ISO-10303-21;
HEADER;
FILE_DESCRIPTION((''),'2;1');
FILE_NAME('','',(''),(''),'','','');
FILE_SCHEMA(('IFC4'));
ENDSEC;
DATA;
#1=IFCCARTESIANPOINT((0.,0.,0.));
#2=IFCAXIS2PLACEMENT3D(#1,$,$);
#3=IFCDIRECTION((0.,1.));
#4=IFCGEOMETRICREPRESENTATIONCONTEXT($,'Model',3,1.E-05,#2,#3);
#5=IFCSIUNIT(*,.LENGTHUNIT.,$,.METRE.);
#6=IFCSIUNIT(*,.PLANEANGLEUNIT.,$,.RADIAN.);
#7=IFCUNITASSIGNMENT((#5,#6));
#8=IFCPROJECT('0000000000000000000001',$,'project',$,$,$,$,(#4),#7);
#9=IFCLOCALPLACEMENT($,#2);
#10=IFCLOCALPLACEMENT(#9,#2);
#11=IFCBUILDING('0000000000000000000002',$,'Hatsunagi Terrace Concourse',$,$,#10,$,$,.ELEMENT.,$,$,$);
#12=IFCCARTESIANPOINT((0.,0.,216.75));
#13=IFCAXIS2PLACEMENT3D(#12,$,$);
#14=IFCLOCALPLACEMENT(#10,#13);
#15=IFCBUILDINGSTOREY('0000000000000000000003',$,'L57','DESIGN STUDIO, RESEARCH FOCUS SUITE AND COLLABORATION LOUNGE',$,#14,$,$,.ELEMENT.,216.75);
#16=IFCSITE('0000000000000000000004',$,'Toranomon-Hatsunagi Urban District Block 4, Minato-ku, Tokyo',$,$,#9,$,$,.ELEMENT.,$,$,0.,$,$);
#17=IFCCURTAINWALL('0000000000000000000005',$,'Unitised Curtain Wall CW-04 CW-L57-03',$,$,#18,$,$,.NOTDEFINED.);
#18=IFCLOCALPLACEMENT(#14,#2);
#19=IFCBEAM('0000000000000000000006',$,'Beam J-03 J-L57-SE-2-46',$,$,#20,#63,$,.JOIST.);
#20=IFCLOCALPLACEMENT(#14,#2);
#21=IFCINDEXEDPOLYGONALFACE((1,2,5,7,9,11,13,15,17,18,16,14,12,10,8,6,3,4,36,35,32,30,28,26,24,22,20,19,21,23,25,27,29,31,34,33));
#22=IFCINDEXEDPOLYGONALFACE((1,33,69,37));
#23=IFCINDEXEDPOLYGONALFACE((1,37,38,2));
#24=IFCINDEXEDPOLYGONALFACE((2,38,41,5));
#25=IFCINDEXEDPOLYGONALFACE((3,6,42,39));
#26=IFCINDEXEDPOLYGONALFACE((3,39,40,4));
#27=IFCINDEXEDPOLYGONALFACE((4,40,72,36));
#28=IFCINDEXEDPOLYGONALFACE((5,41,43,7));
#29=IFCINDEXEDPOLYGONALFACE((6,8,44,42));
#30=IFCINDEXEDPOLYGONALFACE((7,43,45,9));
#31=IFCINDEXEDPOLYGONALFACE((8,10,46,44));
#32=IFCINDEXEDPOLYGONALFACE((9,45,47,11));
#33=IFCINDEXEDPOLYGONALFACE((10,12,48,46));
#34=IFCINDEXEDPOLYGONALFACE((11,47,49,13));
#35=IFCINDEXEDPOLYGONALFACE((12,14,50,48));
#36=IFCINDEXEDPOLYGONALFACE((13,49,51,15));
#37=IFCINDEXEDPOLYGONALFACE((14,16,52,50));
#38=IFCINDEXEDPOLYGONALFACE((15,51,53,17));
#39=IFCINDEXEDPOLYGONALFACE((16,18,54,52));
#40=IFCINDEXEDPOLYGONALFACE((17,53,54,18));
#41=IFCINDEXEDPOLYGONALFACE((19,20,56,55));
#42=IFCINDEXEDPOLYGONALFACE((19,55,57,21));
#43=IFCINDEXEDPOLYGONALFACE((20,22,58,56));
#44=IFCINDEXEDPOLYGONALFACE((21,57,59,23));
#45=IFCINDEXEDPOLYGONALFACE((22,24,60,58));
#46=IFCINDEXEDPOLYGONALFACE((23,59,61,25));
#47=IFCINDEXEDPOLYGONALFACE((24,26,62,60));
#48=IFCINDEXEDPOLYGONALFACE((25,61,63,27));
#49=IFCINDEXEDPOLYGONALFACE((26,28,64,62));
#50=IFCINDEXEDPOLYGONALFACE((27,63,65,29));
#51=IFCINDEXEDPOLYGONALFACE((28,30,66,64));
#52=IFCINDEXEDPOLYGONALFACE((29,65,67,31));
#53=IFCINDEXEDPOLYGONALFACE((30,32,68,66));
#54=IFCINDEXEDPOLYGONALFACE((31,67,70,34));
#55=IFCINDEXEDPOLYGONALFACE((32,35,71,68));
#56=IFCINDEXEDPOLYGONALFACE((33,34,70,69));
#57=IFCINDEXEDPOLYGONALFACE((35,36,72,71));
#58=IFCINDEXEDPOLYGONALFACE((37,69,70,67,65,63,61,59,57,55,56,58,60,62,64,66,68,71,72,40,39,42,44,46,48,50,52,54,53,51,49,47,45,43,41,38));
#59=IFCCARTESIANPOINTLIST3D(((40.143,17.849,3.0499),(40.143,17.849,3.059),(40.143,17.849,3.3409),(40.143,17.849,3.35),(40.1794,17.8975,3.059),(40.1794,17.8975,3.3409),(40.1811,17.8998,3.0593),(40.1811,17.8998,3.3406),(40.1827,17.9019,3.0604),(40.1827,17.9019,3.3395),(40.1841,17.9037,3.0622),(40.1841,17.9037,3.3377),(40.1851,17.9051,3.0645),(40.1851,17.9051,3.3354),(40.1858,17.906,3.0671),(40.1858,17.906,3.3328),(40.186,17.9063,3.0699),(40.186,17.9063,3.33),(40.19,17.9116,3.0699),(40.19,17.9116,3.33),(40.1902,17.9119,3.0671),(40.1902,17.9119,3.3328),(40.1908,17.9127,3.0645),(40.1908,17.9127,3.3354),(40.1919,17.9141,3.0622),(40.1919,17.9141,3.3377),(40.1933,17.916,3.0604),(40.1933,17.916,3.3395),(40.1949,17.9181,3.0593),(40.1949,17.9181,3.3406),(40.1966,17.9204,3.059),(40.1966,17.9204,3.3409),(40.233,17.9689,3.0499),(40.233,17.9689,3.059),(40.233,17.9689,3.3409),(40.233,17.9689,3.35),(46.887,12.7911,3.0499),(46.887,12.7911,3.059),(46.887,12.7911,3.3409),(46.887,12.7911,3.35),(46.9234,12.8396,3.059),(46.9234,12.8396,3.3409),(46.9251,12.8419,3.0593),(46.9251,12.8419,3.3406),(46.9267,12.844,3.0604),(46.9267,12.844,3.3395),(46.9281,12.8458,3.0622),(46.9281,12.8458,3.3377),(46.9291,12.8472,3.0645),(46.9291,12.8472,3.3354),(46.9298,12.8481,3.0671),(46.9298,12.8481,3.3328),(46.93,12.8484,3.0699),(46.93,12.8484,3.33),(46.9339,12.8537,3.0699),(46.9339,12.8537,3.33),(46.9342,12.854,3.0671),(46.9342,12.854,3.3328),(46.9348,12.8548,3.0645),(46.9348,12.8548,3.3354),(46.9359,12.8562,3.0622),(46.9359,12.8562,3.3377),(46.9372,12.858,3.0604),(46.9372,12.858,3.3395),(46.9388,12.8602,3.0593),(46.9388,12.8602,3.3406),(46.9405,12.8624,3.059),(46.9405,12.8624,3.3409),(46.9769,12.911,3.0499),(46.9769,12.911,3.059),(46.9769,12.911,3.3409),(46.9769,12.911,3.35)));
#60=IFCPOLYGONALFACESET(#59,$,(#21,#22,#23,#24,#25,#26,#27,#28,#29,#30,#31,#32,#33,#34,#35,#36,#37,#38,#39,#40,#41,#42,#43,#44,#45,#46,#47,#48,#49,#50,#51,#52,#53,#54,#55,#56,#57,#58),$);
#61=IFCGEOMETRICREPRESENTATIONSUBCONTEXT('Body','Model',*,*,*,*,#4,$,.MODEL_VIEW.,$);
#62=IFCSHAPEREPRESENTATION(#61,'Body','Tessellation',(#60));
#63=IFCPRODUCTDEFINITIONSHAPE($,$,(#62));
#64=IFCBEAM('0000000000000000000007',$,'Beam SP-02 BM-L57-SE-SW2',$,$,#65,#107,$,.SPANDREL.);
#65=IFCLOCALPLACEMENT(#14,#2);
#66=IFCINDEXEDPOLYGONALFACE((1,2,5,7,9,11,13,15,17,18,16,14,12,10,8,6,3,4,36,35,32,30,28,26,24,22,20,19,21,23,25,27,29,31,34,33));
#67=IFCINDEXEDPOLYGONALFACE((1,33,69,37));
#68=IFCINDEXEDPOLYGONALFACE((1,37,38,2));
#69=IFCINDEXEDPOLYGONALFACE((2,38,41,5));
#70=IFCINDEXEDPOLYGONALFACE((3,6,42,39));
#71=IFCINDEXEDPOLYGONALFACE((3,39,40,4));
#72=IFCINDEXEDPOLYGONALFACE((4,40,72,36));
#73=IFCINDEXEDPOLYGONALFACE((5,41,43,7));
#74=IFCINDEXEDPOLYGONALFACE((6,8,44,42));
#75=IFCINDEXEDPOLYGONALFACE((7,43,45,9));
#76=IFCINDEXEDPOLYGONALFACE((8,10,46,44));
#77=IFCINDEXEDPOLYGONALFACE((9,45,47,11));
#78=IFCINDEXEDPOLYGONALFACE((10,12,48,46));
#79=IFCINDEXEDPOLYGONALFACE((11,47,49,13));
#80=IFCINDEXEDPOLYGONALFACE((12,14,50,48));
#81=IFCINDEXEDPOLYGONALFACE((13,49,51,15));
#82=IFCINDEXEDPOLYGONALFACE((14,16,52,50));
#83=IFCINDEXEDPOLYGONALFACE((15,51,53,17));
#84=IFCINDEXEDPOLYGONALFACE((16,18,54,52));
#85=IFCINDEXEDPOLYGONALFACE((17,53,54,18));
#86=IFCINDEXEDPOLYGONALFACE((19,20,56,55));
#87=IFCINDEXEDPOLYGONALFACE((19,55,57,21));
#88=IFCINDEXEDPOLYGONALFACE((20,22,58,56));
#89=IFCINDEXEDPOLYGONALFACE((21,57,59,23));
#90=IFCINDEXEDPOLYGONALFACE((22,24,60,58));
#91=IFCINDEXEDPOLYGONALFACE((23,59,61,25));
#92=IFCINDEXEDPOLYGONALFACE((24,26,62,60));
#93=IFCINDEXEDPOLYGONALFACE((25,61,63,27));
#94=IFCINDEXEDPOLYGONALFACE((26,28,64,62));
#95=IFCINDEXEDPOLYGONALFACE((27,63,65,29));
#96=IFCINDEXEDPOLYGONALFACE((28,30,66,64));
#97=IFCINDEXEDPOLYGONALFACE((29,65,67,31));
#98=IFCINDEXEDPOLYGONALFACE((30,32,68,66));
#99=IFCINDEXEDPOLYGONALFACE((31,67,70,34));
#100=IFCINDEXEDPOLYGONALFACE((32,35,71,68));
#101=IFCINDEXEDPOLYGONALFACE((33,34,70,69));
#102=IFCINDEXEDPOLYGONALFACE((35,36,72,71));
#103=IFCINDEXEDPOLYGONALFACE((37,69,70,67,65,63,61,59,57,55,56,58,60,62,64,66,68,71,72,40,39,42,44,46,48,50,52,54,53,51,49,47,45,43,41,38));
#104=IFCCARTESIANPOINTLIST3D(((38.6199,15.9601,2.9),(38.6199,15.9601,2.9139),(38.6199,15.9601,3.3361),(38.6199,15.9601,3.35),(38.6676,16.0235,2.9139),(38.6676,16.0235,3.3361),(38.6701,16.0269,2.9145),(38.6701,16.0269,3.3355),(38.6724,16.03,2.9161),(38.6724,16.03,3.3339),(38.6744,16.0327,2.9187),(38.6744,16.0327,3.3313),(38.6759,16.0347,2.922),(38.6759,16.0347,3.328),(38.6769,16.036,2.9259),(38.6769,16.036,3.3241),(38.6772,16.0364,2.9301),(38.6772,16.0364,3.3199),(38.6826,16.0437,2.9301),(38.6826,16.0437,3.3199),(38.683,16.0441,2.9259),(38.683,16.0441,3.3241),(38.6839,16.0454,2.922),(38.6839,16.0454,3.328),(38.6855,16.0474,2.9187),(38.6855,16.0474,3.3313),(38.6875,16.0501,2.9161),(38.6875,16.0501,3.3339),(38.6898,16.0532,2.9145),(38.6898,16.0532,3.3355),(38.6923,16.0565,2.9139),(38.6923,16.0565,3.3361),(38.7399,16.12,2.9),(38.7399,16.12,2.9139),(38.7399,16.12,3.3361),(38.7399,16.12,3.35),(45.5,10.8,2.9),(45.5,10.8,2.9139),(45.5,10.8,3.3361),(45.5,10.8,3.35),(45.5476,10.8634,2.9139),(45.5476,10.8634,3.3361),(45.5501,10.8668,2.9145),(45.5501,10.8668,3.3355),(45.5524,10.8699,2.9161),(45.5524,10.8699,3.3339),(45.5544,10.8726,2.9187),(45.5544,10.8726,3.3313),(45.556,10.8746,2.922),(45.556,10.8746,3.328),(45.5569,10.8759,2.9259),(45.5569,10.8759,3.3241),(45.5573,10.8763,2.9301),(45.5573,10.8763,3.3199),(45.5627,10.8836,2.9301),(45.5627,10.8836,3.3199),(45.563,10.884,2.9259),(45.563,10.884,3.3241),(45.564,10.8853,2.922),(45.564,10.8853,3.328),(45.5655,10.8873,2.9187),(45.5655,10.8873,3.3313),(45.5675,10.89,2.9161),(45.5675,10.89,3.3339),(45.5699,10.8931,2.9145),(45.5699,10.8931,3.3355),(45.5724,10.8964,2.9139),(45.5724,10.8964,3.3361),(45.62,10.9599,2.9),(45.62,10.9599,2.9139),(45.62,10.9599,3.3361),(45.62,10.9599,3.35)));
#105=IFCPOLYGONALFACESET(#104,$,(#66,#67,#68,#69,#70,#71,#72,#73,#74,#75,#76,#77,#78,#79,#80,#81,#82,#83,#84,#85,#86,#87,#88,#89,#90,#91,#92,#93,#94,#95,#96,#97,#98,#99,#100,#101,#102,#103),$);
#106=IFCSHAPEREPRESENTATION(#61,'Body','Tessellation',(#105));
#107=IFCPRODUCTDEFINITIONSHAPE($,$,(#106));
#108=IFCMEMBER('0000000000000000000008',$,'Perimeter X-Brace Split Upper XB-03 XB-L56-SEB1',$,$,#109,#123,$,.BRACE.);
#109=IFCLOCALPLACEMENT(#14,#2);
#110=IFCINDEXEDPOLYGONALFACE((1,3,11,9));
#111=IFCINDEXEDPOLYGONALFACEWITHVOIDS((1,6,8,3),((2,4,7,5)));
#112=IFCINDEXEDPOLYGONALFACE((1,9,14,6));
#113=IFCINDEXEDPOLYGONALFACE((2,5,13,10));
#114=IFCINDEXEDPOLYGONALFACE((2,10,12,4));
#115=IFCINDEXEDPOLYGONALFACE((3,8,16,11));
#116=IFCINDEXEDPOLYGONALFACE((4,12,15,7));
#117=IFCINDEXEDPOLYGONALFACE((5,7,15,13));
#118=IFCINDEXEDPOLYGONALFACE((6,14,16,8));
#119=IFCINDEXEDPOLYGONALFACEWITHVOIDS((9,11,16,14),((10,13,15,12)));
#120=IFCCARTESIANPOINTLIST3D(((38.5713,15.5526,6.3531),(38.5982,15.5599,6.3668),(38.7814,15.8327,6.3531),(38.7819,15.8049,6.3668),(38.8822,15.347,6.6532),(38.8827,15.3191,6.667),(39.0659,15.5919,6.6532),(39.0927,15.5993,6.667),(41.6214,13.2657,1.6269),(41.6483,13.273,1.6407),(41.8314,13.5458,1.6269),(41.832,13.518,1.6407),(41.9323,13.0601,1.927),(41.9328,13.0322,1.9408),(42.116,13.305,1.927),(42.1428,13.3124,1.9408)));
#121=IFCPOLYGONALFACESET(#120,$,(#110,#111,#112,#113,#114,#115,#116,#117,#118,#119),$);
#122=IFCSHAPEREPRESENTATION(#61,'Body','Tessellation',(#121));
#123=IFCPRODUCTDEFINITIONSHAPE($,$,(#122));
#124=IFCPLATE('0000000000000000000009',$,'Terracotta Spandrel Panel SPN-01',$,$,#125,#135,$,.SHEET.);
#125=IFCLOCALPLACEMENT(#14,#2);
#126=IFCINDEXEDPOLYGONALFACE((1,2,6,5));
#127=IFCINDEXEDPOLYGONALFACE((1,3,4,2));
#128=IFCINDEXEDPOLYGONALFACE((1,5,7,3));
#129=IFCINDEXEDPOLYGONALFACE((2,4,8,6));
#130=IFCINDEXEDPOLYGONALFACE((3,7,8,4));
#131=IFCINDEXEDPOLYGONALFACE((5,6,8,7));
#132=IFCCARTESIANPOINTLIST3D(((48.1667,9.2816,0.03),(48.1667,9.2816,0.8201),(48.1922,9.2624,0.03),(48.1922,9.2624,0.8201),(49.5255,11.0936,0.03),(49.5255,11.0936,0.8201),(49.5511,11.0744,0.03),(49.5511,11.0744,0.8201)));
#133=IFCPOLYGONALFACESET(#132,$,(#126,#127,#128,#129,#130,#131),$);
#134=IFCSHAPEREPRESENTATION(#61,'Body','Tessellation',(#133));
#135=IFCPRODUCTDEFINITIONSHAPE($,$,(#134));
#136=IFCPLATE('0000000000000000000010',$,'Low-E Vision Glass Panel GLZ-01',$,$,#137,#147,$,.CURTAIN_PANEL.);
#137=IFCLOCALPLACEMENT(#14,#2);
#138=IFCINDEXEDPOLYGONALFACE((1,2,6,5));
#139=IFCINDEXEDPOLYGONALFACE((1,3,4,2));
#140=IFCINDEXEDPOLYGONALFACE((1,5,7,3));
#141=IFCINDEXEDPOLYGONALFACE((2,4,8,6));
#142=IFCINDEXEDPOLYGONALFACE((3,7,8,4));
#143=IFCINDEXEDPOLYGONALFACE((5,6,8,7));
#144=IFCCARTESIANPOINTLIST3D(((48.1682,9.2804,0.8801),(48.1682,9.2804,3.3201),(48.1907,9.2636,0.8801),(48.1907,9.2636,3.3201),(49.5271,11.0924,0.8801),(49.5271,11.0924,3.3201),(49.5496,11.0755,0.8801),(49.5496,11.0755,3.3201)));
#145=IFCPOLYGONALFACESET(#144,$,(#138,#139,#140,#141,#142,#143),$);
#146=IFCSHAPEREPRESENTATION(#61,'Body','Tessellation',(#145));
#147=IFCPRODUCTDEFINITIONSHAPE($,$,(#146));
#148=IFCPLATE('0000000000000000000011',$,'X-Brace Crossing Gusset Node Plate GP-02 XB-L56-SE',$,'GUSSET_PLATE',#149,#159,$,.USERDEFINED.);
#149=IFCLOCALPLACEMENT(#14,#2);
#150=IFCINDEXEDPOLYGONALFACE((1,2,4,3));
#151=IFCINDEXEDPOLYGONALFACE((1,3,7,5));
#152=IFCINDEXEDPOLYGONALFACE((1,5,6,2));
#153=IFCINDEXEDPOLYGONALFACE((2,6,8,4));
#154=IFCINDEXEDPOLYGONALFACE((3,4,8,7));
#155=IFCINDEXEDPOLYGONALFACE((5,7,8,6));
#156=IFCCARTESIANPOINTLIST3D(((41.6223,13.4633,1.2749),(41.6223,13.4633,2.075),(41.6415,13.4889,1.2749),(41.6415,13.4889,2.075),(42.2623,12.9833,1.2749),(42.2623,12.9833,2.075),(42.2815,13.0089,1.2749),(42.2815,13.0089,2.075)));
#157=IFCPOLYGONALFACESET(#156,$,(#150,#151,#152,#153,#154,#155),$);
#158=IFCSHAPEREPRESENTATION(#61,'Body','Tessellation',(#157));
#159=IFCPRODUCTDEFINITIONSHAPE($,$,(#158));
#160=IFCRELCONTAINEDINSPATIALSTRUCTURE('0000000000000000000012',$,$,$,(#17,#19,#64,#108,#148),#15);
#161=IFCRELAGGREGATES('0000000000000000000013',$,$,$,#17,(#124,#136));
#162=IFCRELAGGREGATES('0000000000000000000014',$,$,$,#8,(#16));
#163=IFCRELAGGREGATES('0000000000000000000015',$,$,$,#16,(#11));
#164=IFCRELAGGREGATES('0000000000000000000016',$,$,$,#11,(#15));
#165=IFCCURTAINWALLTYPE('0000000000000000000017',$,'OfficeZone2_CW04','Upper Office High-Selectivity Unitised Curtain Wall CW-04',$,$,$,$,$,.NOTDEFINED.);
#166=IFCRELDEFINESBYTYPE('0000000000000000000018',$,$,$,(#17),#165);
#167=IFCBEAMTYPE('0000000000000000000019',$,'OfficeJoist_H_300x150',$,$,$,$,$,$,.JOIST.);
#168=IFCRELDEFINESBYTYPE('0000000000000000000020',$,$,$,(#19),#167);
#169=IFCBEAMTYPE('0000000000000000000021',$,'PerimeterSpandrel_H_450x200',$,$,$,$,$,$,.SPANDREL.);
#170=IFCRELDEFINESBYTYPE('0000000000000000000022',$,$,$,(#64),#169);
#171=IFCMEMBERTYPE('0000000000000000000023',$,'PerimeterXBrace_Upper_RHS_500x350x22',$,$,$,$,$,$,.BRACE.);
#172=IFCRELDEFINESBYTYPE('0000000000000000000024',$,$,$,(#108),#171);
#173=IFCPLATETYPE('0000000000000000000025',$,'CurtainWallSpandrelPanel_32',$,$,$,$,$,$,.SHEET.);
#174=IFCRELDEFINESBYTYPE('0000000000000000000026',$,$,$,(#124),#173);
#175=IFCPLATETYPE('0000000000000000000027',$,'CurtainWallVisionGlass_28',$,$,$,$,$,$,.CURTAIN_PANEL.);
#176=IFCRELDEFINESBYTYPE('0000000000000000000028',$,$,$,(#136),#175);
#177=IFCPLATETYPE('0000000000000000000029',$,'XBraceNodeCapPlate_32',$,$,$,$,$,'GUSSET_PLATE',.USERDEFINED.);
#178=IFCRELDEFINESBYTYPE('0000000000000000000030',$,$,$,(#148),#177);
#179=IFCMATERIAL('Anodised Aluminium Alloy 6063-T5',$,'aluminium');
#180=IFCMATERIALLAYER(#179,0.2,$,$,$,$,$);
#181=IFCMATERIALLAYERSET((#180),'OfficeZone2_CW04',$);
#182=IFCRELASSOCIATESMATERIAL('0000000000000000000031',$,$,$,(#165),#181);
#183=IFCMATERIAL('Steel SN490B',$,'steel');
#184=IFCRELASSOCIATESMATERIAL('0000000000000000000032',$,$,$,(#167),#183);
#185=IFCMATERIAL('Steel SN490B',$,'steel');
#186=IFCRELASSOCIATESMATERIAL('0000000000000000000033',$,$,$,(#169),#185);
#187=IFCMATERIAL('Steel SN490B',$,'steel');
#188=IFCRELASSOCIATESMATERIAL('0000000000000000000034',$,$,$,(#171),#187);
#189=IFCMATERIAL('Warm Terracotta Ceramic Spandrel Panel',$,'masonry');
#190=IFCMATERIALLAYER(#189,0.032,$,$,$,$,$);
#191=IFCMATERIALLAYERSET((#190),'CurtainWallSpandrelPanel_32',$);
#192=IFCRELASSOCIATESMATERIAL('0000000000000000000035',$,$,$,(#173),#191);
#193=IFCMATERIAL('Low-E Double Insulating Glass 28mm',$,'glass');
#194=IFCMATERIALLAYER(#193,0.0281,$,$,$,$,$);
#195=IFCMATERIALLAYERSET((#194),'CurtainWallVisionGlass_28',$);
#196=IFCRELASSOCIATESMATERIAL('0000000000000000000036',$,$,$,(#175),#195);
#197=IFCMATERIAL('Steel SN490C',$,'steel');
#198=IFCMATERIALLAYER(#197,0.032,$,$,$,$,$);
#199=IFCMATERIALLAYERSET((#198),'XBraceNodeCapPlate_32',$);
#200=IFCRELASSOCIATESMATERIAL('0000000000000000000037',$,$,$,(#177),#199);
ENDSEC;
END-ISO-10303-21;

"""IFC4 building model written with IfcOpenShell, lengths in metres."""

from ifc_helpers import new_model, si_unit, direction, frame, origin, origin_2d, place, context, subcontext, project, spatial, rectangle, hollow_rectangle, i_section, extrude, material, layer, layer_set, material_profile, profile_set, type_object, element, aggregate, save


model = new_model("IFC4")

# Units and contexts
model_context = context("Model", 3, precision=1e-05, world=origin(), true_north=direction((0.0, 1.0)))
body_context = subcontext(model_context, "Body", "Model", "MODEL_VIEW")
ifc_project = project(units=[si_unit("LENGTHUNIT", "METRE"), si_unit("PLANEANGLEUNIT", "RADIAN")], contexts=[model_context])

# Site, building, storey
site_placement = place(None, origin())
site = spatial("IfcSite", under=ifc_project, at=site_placement, Name="Toranomon-Hatsunagi Urban District Block 4, Minato-ku, Tokyo", CompositionType="ELEMENT", RefElevation=0.0)
building_placement = place(site_placement, origin())
building = spatial("IfcBuilding", under=site, at=building_placement, Name="Hatsunagi Terrace Concourse", CompositionType="ELEMENT")
storey_placement = place(building_placement, frame((0.0, 0.0, 216.75)))
storey = spatial("IfcBuildingStorey", under=building, at=storey_placement, Name="L57", Description="DESIGN STUDIO, RESEARCH FOCUS SUITE AND COLLABORATION LOUNGE", CompositionType="ELEMENT", Elevation=216.75)

# Curtain wall
ifc_material_1 = material(Name="Anodised Aluminium Alloy 6063-T5", Category="aluminium")
ifc_layer_1 = layer(ifc_material_1, 0.2)
ifc_layer_set_1 = layer_set([ifc_layer_1], Name="OfficeZone2_CW04")
curtain_wall_type = type_object("IfcCurtainWallType", Name="OfficeZone2_CW04", Description="Upper Office High-Selectivity Unitised Curtain Wall CW-04", PredefinedType="NOTDEFINED", material=ifc_layer_set_1)
curtain_wall_placement = place(storey_placement, origin())
curtain_wall = element("IfcCurtainWall", 1, at=curtain_wall_placement, inside=storey, type_object=curtain_wall_type, Name="Unitised Curtain Wall CW-04 CW-L57-03", PredefinedType="NOTDEFINED")

# Beams
ifc_material_2 = material(Name="Steel SN490B", Category="steel")
ifc_material_profile_1 = material_profile(ifc_material_2, i_section(OverallWidth=0.1499, OverallDepth=0.3, WebThickness=0.0066, FlangeThickness=0.009, FilletRadius=0.011, at=origin_2d()), Name="H-300x150x6.5x9")
ifc_profile_set_1 = profile_set([ifc_material_profile_1], Name="Steel SN490B")
beam_type_1 = type_object("IfcBeamType", Name="OfficeJoist_H_300x150", PredefinedType="JOIST", material=ifc_profile_set_1)
beam_1_placement = place(storey_placement, frame((40.188, 17.9089, 3.2), z_axis=(0.800003, -0.599995, 0.0), x_axis=(0.599995, 0.800003, 0.0)))
element("IfcBeam", 2, at=beam_1_placement, inside=storey, type_object=beam_type_1, Name="Beam J-03 J-L57-SE-2-46", PredefinedType="JOIST", context=body_context, shape_type="SweptSolid", body=[
    extrude(i_section(OverallWidth=0.1499, OverallDepth=0.3, WebThickness=0.0066, FlangeThickness=0.009, FilletRadius=0.011, at=origin_2d()), origin(), (0.0, 0.0, 1.0), 8.4299),
])
ifc_material_3 = material(Name="Steel SN490B", Category="steel")
ifc_material_profile_2 = material_profile(ifc_material_3, i_section(OverallWidth=0.2, OverallDepth=0.45, WebThickness=0.009, FlangeThickness=0.0139, FilletRadius=0.0161, at=origin_2d()), Name="H-450x200x9x14")
ifc_profile_set_2 = profile_set([ifc_material_profile_2], Name="Steel SN490B")
beam_type_2 = type_object("IfcBeamType", Name="PerimeterSpandrel_H_450x200", PredefinedType="SPANDREL", material=ifc_profile_set_2)
beam_2_placement = place(storey_placement, frame((38.6799, 16.04, 3.125), z_axis=(0.799997, -0.600005, 0.0), x_axis=(0.600005, 0.799997, 0.0)))
element("IfcBeam", 3, at=beam_2_placement, inside=storey, type_object=beam_type_2, Name="Beam SP-02 BM-L57-SE-SW2", PredefinedType="SPANDREL", context=body_context, shape_type="SweptSolid", body=[
    extrude(i_section(OverallWidth=0.2, OverallDepth=0.45, WebThickness=0.009, FlangeThickness=0.0139, FilletRadius=0.0161, at=origin_2d()), origin(), (0.0, 0.0, 1.0), 8.6001),
])

# Member
ifc_material_4 = material(Name="Steel SN490B", Category="steel")
ifc_material_profile_3 = material_profile(ifc_material_4, hollow_rectangle(XDim=0.3501, YDim=0.5, WallThickness=0.022, at=origin_2d()), Name="RHS-500x350x22")
ifc_profile_set_3 = profile_set([ifc_material_profile_3], Name="Steel SN490B")
member_type_1 = type_object("IfcMemberType", Name="PerimeterXBrace_Upper_RHS_500x350x22", PredefinedType="BRACE", material=ifc_profile_set_3)
member_1_placement = place(storey_placement, frame((38.832, 15.5759, 6.51), z_axis=(0.50232, -0.376629, -0.778348), x_axis=(0.599887, 0.800085, 0.0)))
element("IfcMember", 4, at=member_1_placement, inside=storey, type_object=member_type_1, Name="Perimeter X-Brace Split Upper XB-03 XB-L56-SEB1", PredefinedType="BRACE", context=body_context, shape_type="SweptSolid", body=[
    extrude(hollow_rectangle(XDim=0.3501, YDim=0.5, WallThickness=0.022, at=origin_2d()), origin(), (0.0, 0.0, 1.0), 6.072),
])

# Plates
ifc_material_5 = material(Name="Warm Terracotta Ceramic Spandrel Panel", Category="masonry")
ifc_layer_2 = layer(ifc_material_5, 0.032)
ifc_layer_set_2 = layer_set([ifc_layer_2], Name="CurtainWallSpandrelPanel_32")
plate_type_1 = type_object("IfcPlateType", Name="CurtainWallSpandrelPanel_32", PredefinedType="SHEET", material=ifc_layer_set_2)
plate_1_placement = place(storey_placement, frame((48.8589, 10.178, 0.03), z_axis=(0.0, 0.0, 1.0), x_axis=(-0.599969, -0.800023, 0.0)))
plate_1 = element("IfcPlate", 5, at=plate_1_placement, type_object=plate_type_1, Name="Terracotta Spandrel Panel SPN-01", PredefinedType="SHEET", context=body_context, shape_type="SweptSolid", body=[
    extrude(rectangle(XDim=2.2649, YDim=0.032, at=origin_2d()), origin(), (0.0, 0.0, 1.0), 0.79),
])
ifc_material_6 = material(Name="Low-E Double Insulating Glass 28mm", Category="glass")
ifc_layer_3 = layer(ifc_material_6, 0.0281)
ifc_layer_set_3 = layer_set([ifc_layer_3], Name="CurtainWallVisionGlass_28")
plate_type_2 = type_object("IfcPlateType", Name="CurtainWallVisionGlass_28", PredefinedType="CURTAIN_PANEL", material=ifc_layer_set_3)
plate_2_placement = place(storey_placement, frame((48.8589, 10.178, 0.8801), z_axis=(0.0, 0.0, 1.0), x_axis=(-0.599969, -0.800023, 0.0)))
plate_2 = element("IfcPlate", 6, at=plate_2_placement, type_object=plate_type_2, Name="Low-E Vision Glass Panel GLZ-01", PredefinedType="CURTAIN_PANEL", context=body_context, shape_type="SweptSolid", body=[
    extrude(rectangle(XDim=2.2649, YDim=0.0281, at=origin_2d()), origin(), (0.0, 0.0, 1.0), 2.4399),
])
aggregate(curtain_wall, [plate_1, plate_2])
ifc_material_7 = material(Name="Steel SN490C", Category="steel")
ifc_layer_4 = layer(ifc_material_7, 0.032)
ifc_layer_set_4 = layer_set([ifc_layer_4], Name="XBraceNodeCapPlate_32")
plate_type_3 = type_object("IfcPlateType", Name="XBraceNodeCapPlate_32", ElementType="GUSSET_PLATE", PredefinedType="USERDEFINED", material=ifc_layer_set_4)
plate_3_placement = place(storey_placement, frame((41.9519, 13.2361, 1.2749), z_axis=(0.0, 0.0, 1.0), x_axis=(0.8, -0.6, 0.0)))
element("IfcPlate", 7, at=plate_3_placement, inside=storey, type_object=plate_type_3, Name="X-Brace Crossing Gusset Node Plate GP-02 XB-L56-SE", ObjectType="GUSSET_PLATE", PredefinedType="USERDEFINED", context=body_context, shape_type="SweptSolid", body=[
    extrude(rectangle(XDim=0.8, YDim=0.032, at=origin_2d()), origin(), (0.0, 0.0, 1.0), 0.8),
])

save(model, "model.ifc")
